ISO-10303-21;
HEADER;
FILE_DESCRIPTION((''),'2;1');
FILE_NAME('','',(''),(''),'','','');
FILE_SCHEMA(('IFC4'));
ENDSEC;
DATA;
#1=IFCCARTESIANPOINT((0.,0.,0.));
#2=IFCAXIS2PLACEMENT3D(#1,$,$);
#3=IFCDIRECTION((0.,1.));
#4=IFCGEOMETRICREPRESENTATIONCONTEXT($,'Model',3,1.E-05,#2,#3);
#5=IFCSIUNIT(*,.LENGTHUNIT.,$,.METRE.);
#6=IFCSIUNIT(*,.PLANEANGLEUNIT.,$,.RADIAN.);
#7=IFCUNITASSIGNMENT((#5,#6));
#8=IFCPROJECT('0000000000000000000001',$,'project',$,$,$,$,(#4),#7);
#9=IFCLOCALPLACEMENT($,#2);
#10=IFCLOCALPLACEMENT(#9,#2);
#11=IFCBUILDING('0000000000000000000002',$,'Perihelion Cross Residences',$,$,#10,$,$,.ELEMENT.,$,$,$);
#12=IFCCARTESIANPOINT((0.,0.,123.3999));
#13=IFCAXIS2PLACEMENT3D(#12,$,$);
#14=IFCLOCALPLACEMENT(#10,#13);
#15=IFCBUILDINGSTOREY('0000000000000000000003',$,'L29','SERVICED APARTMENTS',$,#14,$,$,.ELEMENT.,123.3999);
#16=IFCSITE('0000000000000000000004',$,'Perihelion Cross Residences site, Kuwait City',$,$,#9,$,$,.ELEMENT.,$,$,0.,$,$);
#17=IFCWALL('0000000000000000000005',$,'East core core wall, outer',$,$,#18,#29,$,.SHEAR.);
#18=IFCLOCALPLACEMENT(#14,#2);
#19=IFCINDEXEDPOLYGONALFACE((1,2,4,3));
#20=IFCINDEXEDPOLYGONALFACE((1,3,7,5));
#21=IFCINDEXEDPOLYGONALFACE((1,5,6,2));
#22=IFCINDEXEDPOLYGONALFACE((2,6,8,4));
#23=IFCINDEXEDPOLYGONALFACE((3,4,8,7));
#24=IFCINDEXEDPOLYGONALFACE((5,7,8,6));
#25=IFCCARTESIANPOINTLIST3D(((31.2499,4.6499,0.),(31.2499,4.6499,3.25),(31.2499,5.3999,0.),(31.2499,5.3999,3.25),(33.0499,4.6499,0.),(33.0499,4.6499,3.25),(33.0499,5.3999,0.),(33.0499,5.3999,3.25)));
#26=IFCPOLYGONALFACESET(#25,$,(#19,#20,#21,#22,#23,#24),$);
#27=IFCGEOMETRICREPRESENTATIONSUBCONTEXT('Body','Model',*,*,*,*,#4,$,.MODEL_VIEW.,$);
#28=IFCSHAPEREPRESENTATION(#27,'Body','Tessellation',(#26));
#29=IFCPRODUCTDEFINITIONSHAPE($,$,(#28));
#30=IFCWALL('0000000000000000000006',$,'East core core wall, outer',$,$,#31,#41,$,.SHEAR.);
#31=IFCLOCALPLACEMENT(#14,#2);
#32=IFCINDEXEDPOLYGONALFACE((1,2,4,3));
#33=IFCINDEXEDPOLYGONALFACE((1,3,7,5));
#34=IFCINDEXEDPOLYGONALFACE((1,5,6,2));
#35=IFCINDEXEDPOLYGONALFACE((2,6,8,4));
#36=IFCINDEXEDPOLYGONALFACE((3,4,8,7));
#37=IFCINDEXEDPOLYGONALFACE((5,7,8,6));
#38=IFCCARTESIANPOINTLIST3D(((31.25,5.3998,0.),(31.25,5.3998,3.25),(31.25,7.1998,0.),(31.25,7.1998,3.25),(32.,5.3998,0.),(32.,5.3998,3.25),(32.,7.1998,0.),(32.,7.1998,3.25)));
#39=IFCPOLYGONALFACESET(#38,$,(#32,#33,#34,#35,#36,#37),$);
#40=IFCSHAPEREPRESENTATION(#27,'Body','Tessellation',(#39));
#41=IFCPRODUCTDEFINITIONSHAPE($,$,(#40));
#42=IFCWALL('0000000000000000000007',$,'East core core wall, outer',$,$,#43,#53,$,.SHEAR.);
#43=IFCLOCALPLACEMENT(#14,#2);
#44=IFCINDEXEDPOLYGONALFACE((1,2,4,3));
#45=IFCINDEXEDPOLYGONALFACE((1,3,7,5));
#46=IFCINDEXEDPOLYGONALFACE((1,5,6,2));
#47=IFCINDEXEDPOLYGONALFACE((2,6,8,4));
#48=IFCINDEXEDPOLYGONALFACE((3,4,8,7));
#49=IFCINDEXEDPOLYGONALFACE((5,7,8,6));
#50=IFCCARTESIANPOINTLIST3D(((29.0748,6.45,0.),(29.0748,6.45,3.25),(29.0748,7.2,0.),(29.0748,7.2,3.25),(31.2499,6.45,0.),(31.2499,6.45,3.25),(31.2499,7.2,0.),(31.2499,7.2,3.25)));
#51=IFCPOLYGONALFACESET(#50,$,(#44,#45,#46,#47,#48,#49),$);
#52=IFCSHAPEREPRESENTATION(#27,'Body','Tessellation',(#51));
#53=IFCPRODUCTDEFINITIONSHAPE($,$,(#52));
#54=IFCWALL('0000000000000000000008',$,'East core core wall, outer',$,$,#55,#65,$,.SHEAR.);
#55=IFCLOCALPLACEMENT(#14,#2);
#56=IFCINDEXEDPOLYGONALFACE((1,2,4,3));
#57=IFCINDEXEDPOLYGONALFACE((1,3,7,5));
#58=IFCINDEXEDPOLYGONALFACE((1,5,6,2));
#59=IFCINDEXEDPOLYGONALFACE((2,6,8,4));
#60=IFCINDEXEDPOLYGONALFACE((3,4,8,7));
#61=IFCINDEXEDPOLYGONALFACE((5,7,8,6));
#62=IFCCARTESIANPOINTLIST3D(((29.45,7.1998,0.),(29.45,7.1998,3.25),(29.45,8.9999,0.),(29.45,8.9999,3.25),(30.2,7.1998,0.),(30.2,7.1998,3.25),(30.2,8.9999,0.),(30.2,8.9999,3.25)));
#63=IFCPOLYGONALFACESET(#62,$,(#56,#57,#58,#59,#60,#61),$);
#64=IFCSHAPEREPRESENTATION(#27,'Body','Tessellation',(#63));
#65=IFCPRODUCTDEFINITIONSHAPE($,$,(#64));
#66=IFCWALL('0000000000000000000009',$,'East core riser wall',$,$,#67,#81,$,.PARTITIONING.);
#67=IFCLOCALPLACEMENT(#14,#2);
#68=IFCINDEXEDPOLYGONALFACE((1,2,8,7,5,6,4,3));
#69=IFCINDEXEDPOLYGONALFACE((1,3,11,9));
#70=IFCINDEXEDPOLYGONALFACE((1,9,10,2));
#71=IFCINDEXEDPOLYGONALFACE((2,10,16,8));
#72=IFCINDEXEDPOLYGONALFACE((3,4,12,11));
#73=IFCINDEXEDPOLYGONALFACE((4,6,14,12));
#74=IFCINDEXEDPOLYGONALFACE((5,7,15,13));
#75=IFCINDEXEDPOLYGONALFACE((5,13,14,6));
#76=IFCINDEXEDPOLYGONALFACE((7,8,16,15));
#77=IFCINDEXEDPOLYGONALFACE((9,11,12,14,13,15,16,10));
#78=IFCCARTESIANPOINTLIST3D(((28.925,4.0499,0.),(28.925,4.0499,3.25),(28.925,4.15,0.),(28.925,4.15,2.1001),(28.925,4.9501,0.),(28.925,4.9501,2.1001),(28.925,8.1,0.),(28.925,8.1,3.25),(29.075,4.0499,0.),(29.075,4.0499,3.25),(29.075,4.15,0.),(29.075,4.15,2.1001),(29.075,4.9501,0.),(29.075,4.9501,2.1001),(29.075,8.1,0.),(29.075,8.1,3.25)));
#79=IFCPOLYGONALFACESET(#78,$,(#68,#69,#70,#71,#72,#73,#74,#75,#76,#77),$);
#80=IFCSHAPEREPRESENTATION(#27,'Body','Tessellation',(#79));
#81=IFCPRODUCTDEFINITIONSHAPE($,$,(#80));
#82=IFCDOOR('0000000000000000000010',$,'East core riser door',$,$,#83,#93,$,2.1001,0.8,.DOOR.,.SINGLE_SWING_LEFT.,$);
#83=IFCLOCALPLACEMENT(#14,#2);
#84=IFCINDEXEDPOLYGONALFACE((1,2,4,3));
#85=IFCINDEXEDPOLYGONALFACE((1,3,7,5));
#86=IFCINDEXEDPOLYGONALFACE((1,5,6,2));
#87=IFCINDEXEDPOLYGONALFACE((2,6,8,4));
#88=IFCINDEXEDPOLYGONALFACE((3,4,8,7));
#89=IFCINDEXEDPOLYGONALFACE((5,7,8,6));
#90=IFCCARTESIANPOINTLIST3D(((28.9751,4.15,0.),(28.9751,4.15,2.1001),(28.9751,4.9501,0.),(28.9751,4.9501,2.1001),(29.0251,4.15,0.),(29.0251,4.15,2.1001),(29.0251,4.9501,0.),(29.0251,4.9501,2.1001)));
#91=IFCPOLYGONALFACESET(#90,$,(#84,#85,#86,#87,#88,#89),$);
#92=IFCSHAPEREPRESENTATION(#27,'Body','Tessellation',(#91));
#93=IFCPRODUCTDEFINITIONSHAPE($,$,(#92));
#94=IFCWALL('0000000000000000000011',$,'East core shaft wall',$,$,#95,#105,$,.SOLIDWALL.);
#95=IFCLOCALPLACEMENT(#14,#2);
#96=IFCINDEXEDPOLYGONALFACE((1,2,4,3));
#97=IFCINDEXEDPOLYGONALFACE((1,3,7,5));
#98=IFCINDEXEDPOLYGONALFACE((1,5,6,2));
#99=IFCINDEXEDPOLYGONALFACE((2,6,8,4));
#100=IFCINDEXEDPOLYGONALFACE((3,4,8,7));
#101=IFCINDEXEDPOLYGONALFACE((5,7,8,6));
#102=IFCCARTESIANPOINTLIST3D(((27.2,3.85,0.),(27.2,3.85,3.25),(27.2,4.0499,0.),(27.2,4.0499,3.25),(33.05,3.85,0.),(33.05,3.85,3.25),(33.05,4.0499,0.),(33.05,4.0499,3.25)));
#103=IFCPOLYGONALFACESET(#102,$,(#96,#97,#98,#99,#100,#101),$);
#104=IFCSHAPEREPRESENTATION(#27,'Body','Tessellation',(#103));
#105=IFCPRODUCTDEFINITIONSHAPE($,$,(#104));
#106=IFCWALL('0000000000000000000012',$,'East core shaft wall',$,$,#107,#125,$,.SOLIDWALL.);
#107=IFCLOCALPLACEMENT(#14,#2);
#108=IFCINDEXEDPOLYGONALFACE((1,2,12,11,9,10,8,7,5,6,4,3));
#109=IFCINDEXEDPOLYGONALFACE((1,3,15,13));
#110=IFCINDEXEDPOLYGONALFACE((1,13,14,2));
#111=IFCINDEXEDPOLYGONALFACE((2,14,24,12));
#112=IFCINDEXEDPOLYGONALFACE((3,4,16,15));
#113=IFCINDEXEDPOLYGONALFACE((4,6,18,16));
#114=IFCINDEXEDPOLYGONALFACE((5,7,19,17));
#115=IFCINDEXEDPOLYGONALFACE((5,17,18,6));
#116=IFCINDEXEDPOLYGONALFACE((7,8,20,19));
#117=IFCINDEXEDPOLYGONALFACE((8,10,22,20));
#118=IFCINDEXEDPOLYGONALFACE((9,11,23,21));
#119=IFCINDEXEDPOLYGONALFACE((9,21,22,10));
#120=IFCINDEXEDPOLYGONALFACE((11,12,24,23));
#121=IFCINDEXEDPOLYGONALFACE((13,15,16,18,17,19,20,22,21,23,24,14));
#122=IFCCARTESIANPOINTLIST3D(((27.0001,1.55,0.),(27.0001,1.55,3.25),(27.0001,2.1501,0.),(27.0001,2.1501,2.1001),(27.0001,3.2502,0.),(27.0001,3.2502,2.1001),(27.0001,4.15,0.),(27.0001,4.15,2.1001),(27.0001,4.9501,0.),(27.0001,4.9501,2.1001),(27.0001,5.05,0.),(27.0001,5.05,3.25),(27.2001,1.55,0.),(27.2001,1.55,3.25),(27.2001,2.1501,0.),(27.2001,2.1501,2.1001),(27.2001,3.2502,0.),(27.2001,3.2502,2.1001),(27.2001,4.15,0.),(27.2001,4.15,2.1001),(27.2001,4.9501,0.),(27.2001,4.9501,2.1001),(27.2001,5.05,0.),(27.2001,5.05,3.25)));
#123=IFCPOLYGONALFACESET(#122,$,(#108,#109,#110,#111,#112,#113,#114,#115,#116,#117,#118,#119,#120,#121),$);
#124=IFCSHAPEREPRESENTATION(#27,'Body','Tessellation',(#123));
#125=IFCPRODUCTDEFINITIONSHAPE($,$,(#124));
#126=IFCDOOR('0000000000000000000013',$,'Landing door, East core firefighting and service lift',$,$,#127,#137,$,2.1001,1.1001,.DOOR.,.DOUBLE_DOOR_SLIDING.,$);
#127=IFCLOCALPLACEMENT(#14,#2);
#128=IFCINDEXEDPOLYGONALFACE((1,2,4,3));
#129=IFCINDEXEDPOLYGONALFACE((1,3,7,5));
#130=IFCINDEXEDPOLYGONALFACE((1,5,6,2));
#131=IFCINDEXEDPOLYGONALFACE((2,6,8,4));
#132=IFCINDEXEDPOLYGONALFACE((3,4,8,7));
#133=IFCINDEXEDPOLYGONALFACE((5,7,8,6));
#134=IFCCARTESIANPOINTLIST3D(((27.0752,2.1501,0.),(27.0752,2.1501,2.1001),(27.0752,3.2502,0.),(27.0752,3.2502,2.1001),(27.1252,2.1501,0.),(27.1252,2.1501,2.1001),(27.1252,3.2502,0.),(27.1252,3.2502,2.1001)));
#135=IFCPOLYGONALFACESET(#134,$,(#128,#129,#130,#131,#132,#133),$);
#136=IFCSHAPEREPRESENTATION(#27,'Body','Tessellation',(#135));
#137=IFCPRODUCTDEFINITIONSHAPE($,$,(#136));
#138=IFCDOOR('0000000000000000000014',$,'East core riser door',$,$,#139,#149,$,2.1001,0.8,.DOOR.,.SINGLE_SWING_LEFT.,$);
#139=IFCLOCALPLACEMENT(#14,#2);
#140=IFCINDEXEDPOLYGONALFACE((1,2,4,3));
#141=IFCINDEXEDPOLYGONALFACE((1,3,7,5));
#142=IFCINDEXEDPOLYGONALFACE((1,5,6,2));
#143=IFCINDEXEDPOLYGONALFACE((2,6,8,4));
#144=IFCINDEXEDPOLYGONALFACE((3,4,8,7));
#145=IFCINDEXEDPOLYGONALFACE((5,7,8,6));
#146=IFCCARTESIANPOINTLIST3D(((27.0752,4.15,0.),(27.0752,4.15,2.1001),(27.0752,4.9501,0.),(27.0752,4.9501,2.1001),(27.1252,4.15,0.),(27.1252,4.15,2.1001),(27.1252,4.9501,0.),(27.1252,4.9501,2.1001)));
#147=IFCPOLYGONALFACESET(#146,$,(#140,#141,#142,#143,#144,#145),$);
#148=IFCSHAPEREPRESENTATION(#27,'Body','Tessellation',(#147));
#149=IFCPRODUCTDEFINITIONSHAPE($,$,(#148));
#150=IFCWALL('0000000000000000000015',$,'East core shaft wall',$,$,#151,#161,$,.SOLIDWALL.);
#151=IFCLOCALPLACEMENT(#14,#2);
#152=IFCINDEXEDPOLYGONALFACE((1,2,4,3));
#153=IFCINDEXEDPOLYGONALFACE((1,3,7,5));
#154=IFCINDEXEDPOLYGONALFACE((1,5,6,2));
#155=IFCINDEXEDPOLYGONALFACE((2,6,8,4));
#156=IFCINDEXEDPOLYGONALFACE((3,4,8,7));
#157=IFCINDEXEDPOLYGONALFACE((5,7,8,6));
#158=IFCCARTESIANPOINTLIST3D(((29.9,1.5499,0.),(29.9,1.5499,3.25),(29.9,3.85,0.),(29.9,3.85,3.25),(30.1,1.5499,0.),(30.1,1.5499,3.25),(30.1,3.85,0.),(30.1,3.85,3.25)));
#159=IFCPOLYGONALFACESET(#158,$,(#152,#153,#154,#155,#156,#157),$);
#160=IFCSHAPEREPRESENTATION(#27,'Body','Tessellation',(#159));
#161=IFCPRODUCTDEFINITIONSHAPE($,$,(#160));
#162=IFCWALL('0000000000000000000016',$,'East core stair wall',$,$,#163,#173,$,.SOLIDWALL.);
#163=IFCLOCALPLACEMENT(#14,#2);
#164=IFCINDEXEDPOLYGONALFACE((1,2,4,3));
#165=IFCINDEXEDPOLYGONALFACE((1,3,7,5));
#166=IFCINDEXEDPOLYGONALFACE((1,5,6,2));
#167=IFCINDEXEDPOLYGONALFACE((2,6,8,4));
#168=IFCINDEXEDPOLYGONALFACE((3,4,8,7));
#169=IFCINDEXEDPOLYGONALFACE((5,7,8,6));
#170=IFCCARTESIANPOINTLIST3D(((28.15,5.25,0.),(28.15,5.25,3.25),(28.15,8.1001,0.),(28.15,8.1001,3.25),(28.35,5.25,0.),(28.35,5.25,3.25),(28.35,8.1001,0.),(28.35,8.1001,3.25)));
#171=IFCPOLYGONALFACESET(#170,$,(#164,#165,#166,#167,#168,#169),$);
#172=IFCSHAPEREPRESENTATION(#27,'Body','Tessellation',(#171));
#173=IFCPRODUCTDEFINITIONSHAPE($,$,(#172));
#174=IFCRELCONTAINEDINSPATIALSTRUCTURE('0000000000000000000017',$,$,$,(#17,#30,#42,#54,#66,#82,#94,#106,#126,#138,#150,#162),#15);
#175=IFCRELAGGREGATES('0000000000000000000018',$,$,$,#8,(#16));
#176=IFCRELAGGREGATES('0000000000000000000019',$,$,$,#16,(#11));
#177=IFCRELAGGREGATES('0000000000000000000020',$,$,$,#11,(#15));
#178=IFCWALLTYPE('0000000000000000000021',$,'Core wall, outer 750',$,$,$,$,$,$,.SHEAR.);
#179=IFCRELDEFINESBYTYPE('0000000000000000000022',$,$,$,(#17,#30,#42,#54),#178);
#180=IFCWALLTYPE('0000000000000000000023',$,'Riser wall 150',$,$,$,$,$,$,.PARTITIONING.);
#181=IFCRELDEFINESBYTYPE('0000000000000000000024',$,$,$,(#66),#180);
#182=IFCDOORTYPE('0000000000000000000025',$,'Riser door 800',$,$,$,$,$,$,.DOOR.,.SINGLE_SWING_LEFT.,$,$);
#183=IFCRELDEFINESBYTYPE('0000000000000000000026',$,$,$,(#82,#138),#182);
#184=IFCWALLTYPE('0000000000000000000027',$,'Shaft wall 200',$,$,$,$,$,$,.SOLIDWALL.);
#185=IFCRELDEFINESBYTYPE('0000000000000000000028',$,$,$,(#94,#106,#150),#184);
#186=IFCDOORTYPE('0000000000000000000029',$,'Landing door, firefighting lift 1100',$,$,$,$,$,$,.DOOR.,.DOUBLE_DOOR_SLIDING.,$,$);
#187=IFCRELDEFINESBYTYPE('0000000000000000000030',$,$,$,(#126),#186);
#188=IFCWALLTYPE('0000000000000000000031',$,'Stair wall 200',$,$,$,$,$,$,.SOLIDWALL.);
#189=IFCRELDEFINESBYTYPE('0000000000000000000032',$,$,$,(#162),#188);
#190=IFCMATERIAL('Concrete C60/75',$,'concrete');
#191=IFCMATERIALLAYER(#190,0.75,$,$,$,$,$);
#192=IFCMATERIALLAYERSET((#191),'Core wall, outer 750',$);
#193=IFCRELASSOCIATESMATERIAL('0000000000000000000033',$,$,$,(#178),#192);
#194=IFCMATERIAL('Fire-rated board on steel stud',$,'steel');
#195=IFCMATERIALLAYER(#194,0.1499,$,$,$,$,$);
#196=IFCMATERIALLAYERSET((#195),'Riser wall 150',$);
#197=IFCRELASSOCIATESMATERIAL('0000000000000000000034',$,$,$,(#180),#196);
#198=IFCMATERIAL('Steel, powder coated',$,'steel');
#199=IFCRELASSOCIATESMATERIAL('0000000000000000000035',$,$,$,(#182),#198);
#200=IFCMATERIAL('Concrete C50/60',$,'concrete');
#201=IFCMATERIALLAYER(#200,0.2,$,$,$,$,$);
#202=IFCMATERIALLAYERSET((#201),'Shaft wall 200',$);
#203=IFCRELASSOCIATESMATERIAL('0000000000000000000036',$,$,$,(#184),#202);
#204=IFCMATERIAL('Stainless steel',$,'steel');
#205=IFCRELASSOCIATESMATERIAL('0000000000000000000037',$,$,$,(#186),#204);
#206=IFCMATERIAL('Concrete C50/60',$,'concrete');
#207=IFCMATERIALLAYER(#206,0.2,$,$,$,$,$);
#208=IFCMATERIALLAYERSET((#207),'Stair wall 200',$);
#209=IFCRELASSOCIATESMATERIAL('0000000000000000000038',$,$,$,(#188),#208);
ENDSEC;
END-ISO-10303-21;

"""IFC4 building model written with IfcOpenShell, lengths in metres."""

from ifc_helpers import new_model, si_unit, direction, frame, frame_2d, origin, place, context, subcontext, project, spatial, rectangle, extrude, material, layer, layer_set, type_object, element, fill, save


model = new_model("IFC4")

# Units and contexts
model_context = context("Model", 3, precision=1e-05, world=origin(), true_north=direction((0.0, 1.0)))
body_context = subcontext(model_context, "Body", "Model", "MODEL_VIEW")
ifc_project = project(units=[si_unit("LENGTHUNIT", "METRE"), si_unit("PLANEANGLEUNIT", "RADIAN")], contexts=[model_context])

# Site, building, storey
site_placement = place(None, origin())
site = spatial("IfcSite", under=ifc_project, at=site_placement, Name="Perihelion Cross Residences site, Kuwait City", CompositionType="ELEMENT", RefElevation=0.0)
building_placement = place(site_placement, origin())
building = spatial("IfcBuilding", under=site, at=building_placement, Name="Perihelion Cross Residences", CompositionType="ELEMENT")
storey_placement = place(building_placement, frame((0.0, 0.0, 123.3999)))
storey = spatial("IfcBuildingStorey", under=building, at=storey_placement, Name="L29", Description="SERVICED APARTMENTS", CompositionType="ELEMENT", Elevation=123.3999)

# Walls
ifc_material_1 = material(Name="Concrete C60/75", Category="concrete")
ifc_layer_1 = layer(ifc_material_1, 0.75)
ifc_layer_set_1 = layer_set([ifc_layer_1], Name="Core wall, outer 750")
wall_type_1 = type_object("IfcWallType", Name="Core wall, outer 750", PredefinedType="SHEAR", material=ifc_layer_set_1)
for number, where, z_axis, x_axis, name in (
    (1, (31.25, 5.0249, 0.0), (0.0, 0.0, 1.0), (1.0, 0.0, 0.0), "East core core wall, outer"),
    (2, (31.625, 5.3999, 0.0), (0.0, 0.0, 1.0), (0.0, 1.0, 0.0), "East core core wall, outer"),
):
    element("IfcWall", number, at=place(storey_placement, frame(where, z_axis=z_axis, x_axis=x_axis)), inside=storey, type_object=wall_type_1, Name=name, PredefinedType="SHEAR", context=body_context, shape_type="SweptSolid", body=[
        extrude(rectangle(XDim=1.8, YDim=0.75, at=frame_2d((0.8999, 0.0))), origin(), (0.0, 0.0, 1.0), 3.25),
    ])
wall_1_placement = place(storey_placement, frame((29.075, 6.825, 0.0), z_axis=(0.0, 0.0, 1.0), x_axis=(1.0, 0.0, 0.0)))
element("IfcWall", 3, at=wall_1_placement, inside=storey, type_object=wall_type_1, Name="East core core wall, outer", PredefinedType="SHEAR", context=body_context, shape_type="SweptSolid", body=[
    extrude(rectangle(XDim=2.175, YDim=0.75, at=frame_2d((1.0874, 0.0))), origin(), (0.0, 0.0, 1.0), 3.25),
])
wall_2_placement = place(storey_placement, frame((29.825, 7.2, 0.0), z_axis=(0.0, 0.0, 1.0), x_axis=(0.0, 1.0, 0.0)))
element("IfcWall", 4, at=wall_2_placement, inside=storey, type_object=wall_type_1, Name="East core core wall, outer", PredefinedType="SHEAR", context=body_context, shape_type="SweptSolid", body=[
    extrude(rectangle(XDim=1.8, YDim=0.75, at=frame_2d((0.8999, 0.0))), origin(), (0.0, 0.0, 1.0), 3.25),
])

# Wall, opening, door
ifc_material_2 = material(Name="Fire-rated board on steel stud", Category="steel")
ifc_layer_2 = layer(ifc_material_2, 0.1499)
ifc_layer_set_2 = layer_set([ifc_layer_2], Name="Riser wall 150")
wall_type_2 = type_object("IfcWallType", Name="Riser wall 150", PredefinedType="PARTITIONING", material=ifc_layer_set_2)
wall_3_placement = place(storey_placement, frame((29.0, 4.05, 0.0), z_axis=(0.0, 0.0, 1.0), x_axis=(0.0, 1.0, 0.0)))
wall_3 = element("IfcWall", 5, at=wall_3_placement, inside=storey, type_object=wall_type_2, Name="East core riser wall", PredefinedType="PARTITIONING", context=body_context, shape_type="SweptSolid", body=[
    extrude(rectangle(XDim=4.05, YDim=0.1499, at=frame_2d((2.0249, 0.0))), origin(), (0.0, 0.0, 1.0), 3.25),
])
opening_1_placement = place(wall_3_placement, frame((0.1001, 0.0, 0.0)))
opening_1 = element("IfcOpeningElement", 6, at=opening_1_placement, cuts=wall_3, PredefinedType="OPENING", context=body_context, shape_type="SweptSolid", body=[
    extrude(rectangle(XDim=0.8, YDim=2.1001, at=frame_2d((0.3999, 1.05))), frame((0.0, 0.085, 0.0), z_axis=(0.0, -1.0, 0.0), x_axis=(1.0, 0.0, 0.0)), (0.0, 0.0, 1.0), 0.1699),
])
ifc_material_3 = material(Name="Steel, powder coated", Category="steel")
door_type_1 = type_object("IfcDoorType", Name="Riser door 800", OperationType="SINGLE_SWING_LEFT", PredefinedType="DOOR", material=ifc_material_3)
door_1_placement = place(opening_1_placement, origin())
door_1 = element("IfcDoor", 7, at=door_1_placement, inside=storey, type_object=door_type_1, Name="East core riser door", OperationType="SINGLE_SWING_LEFT", OverallHeight=2.1001, OverallWidth=0.8, PredefinedType="DOOR", context=body_context, shape_type="SweptSolid", body=[
    extrude(rectangle(XDim=0.8, YDim=2.1001, at=frame_2d((0.3999, 1.05))), frame((0.0, 0.0249, 0.0), z_axis=(0.0, -1.0, 0.0), x_axis=(1.0, 0.0, 0.0)), (0.0, 0.0, 1.0), 0.05),
])
fill(opening_1, door_1)

# Wall
ifc_material_4 = material(Name="Concrete C50/60", Category="concrete")
ifc_layer_3 = layer(ifc_material_4, 0.2)
ifc_layer_set_3 = layer_set([ifc_layer_3], Name="Shaft wall 200")
wall_type_3 = type_object("IfcWallType", Name="Shaft wall 200", PredefinedType="SOLIDWALL", material=ifc_layer_set_3)
wall_4_placement = place(storey_placement, frame((27.2, 3.95, 0.0), z_axis=(0.0, 0.0, 1.0), x_axis=(1.0, 0.0, 0.0)))
element("IfcWall", 8, at=wall_4_placement, inside=storey, type_object=wall_type_3, Name="East core shaft wall", PredefinedType="SOLIDWALL", context=body_context, shape_type="SweptSolid", body=[
    extrude(rectangle(XDim=5.8501, YDim=0.2, at=frame_2d((2.925, 0.0))), origin(), (0.0, 0.0, 1.0), 3.25),
])

# Wall, openings, doors
wall_5_placement = place(storey_placement, frame((27.1001, 1.55, 0.0), z_axis=(0.0, 0.0, 1.0), x_axis=(0.0, 1.0, 0.0)))
wall_5 = element("IfcWall", 9, at=wall_5_placement, inside=storey, type_object=wall_type_3, Name="East core shaft wall", PredefinedType="SOLIDWALL", context=body_context, shape_type="SweptSolid", body=[
    extrude(rectangle(XDim=3.5, YDim=0.2, at=frame_2d((1.75, 0.0))), origin(), (0.0, 0.0, 1.0), 3.25),
])
opening_2_placement = place(wall_5_placement, frame((0.6001, 0.0, 0.0)))
opening_2 = element("IfcOpeningElement", 10, at=opening_2_placement, cuts=wall_5, PredefinedType="OPENING", context=body_context, shape_type="SweptSolid", body=[
    extrude(rectangle(XDim=1.1001, YDim=2.1001, at=frame_2d((0.55, 1.05))), frame((0.0, 0.1099, 0.0), z_axis=(0.0, -1.0, 0.0), x_axis=(1.0, 0.0, 0.0)), (0.0, 0.0, 1.0), 0.22),
])
opening_3_placement = place(wall_5_placement, frame((2.6001, 0.0, 0.0)))
opening_3 = element("IfcOpeningElement", 11, at=opening_3_placement, cuts=wall_5, PredefinedType="OPENING", context=body_context, shape_type="SweptSolid", body=[
    extrude(rectangle(XDim=0.8, YDim=2.1001, at=frame_2d((0.3999, 1.05))), frame((0.0, 0.1099, 0.0), z_axis=(0.0, -1.0, 0.0), x_axis=(1.0, 0.0, 0.0)), (0.0, 0.0, 1.0), 0.22),
])
ifc_material_5 = material(Name="Stainless steel", Category="steel")
door_type_2 = type_object("IfcDoorType", Name="Landing door, firefighting lift 1100", OperationType="DOUBLE_DOOR_SLIDING", PredefinedType="DOOR", material=ifc_material_5)
door_2_placement = place(opening_2_placement, origin())
door_2 = element("IfcDoor", 12, at=door_2_placement, inside=storey, type_object=door_type_2, Name="Landing door, East core firefighting and service lift", OperationType="DOUBLE_DOOR_SLIDING", OverallHeight=2.1001, OverallWidth=1.1001, PredefinedType="DOOR", context=body_context, shape_type="SweptSolid", body=[
    extrude(rectangle(XDim=1.1001, YDim=2.1001, at=frame_2d((0.55, 1.05))), frame((0.0, 0.0249, 0.0), z_axis=(0.0, -1.0, 0.0), x_axis=(1.0, 0.0, 0.0)), (0.0, 0.0, 1.0), 0.05),
])
fill(opening_2, door_2)
door_3_placement = place(opening_3_placement, origin())
door_3 = element("IfcDoor", 13, at=door_3_placement, inside=storey, type_object=door_type_1, Name="East core riser door", OperationType="SINGLE_SWING_LEFT", OverallHeight=2.1001, OverallWidth=0.8, PredefinedType="DOOR", context=body_context, shape_type="SweptSolid", body=[
    extrude(rectangle(XDim=0.8, YDim=2.1001, at=frame_2d((0.3999, 1.05))), frame((0.0, 0.0249, 0.0), z_axis=(0.0, -1.0, 0.0), x_axis=(1.0, 0.0, 0.0)), (0.0, 0.0, 1.0), 0.05),
])
fill(opening_3, door_3)

# Walls
wall_6_placement = place(storey_placement, frame((30.0, 1.55, 0.0), z_axis=(0.0, 0.0, 1.0), x_axis=(0.0, 1.0, 0.0)))
element("IfcWall", 14, at=wall_6_placement, inside=storey, type_object=wall_type_3, Name="East core shaft wall", PredefinedType="SOLIDWALL", context=body_context, shape_type="SweptSolid", body=[
    extrude(rectangle(XDim=2.3, YDim=0.2, at=frame_2d((1.1499, 0.0))), origin(), (0.0, 0.0, 1.0), 3.25),
])
ifc_material_6 = material(Name="Concrete C50/60", Category="concrete")
ifc_layer_4 = layer(ifc_material_6, 0.2)
ifc_layer_set_4 = layer_set([ifc_layer_4], Name="Stair wall 200")
wall_type_4 = type_object("IfcWallType", Name="Stair wall 200", PredefinedType="SOLIDWALL", material=ifc_layer_set_4)
wall_7_placement = place(storey_placement, frame((28.25, 5.25, 0.0), z_axis=(0.0, 0.0, 1.0), x_axis=(0.0, 1.0, 0.0)))
element("IfcWall", 15, at=wall_7_placement, inside=storey, type_object=wall_type_4, Name="East core stair wall", PredefinedType="SOLIDWALL", context=body_context, shape_type="SweptSolid", body=[
    extrude(rectangle(XDim=2.8501, YDim=0.2, at=frame_2d((1.425, 0.0))), origin(), (0.0, 0.0, 1.0), 3.25),
])

save(model, "model.ifc")
